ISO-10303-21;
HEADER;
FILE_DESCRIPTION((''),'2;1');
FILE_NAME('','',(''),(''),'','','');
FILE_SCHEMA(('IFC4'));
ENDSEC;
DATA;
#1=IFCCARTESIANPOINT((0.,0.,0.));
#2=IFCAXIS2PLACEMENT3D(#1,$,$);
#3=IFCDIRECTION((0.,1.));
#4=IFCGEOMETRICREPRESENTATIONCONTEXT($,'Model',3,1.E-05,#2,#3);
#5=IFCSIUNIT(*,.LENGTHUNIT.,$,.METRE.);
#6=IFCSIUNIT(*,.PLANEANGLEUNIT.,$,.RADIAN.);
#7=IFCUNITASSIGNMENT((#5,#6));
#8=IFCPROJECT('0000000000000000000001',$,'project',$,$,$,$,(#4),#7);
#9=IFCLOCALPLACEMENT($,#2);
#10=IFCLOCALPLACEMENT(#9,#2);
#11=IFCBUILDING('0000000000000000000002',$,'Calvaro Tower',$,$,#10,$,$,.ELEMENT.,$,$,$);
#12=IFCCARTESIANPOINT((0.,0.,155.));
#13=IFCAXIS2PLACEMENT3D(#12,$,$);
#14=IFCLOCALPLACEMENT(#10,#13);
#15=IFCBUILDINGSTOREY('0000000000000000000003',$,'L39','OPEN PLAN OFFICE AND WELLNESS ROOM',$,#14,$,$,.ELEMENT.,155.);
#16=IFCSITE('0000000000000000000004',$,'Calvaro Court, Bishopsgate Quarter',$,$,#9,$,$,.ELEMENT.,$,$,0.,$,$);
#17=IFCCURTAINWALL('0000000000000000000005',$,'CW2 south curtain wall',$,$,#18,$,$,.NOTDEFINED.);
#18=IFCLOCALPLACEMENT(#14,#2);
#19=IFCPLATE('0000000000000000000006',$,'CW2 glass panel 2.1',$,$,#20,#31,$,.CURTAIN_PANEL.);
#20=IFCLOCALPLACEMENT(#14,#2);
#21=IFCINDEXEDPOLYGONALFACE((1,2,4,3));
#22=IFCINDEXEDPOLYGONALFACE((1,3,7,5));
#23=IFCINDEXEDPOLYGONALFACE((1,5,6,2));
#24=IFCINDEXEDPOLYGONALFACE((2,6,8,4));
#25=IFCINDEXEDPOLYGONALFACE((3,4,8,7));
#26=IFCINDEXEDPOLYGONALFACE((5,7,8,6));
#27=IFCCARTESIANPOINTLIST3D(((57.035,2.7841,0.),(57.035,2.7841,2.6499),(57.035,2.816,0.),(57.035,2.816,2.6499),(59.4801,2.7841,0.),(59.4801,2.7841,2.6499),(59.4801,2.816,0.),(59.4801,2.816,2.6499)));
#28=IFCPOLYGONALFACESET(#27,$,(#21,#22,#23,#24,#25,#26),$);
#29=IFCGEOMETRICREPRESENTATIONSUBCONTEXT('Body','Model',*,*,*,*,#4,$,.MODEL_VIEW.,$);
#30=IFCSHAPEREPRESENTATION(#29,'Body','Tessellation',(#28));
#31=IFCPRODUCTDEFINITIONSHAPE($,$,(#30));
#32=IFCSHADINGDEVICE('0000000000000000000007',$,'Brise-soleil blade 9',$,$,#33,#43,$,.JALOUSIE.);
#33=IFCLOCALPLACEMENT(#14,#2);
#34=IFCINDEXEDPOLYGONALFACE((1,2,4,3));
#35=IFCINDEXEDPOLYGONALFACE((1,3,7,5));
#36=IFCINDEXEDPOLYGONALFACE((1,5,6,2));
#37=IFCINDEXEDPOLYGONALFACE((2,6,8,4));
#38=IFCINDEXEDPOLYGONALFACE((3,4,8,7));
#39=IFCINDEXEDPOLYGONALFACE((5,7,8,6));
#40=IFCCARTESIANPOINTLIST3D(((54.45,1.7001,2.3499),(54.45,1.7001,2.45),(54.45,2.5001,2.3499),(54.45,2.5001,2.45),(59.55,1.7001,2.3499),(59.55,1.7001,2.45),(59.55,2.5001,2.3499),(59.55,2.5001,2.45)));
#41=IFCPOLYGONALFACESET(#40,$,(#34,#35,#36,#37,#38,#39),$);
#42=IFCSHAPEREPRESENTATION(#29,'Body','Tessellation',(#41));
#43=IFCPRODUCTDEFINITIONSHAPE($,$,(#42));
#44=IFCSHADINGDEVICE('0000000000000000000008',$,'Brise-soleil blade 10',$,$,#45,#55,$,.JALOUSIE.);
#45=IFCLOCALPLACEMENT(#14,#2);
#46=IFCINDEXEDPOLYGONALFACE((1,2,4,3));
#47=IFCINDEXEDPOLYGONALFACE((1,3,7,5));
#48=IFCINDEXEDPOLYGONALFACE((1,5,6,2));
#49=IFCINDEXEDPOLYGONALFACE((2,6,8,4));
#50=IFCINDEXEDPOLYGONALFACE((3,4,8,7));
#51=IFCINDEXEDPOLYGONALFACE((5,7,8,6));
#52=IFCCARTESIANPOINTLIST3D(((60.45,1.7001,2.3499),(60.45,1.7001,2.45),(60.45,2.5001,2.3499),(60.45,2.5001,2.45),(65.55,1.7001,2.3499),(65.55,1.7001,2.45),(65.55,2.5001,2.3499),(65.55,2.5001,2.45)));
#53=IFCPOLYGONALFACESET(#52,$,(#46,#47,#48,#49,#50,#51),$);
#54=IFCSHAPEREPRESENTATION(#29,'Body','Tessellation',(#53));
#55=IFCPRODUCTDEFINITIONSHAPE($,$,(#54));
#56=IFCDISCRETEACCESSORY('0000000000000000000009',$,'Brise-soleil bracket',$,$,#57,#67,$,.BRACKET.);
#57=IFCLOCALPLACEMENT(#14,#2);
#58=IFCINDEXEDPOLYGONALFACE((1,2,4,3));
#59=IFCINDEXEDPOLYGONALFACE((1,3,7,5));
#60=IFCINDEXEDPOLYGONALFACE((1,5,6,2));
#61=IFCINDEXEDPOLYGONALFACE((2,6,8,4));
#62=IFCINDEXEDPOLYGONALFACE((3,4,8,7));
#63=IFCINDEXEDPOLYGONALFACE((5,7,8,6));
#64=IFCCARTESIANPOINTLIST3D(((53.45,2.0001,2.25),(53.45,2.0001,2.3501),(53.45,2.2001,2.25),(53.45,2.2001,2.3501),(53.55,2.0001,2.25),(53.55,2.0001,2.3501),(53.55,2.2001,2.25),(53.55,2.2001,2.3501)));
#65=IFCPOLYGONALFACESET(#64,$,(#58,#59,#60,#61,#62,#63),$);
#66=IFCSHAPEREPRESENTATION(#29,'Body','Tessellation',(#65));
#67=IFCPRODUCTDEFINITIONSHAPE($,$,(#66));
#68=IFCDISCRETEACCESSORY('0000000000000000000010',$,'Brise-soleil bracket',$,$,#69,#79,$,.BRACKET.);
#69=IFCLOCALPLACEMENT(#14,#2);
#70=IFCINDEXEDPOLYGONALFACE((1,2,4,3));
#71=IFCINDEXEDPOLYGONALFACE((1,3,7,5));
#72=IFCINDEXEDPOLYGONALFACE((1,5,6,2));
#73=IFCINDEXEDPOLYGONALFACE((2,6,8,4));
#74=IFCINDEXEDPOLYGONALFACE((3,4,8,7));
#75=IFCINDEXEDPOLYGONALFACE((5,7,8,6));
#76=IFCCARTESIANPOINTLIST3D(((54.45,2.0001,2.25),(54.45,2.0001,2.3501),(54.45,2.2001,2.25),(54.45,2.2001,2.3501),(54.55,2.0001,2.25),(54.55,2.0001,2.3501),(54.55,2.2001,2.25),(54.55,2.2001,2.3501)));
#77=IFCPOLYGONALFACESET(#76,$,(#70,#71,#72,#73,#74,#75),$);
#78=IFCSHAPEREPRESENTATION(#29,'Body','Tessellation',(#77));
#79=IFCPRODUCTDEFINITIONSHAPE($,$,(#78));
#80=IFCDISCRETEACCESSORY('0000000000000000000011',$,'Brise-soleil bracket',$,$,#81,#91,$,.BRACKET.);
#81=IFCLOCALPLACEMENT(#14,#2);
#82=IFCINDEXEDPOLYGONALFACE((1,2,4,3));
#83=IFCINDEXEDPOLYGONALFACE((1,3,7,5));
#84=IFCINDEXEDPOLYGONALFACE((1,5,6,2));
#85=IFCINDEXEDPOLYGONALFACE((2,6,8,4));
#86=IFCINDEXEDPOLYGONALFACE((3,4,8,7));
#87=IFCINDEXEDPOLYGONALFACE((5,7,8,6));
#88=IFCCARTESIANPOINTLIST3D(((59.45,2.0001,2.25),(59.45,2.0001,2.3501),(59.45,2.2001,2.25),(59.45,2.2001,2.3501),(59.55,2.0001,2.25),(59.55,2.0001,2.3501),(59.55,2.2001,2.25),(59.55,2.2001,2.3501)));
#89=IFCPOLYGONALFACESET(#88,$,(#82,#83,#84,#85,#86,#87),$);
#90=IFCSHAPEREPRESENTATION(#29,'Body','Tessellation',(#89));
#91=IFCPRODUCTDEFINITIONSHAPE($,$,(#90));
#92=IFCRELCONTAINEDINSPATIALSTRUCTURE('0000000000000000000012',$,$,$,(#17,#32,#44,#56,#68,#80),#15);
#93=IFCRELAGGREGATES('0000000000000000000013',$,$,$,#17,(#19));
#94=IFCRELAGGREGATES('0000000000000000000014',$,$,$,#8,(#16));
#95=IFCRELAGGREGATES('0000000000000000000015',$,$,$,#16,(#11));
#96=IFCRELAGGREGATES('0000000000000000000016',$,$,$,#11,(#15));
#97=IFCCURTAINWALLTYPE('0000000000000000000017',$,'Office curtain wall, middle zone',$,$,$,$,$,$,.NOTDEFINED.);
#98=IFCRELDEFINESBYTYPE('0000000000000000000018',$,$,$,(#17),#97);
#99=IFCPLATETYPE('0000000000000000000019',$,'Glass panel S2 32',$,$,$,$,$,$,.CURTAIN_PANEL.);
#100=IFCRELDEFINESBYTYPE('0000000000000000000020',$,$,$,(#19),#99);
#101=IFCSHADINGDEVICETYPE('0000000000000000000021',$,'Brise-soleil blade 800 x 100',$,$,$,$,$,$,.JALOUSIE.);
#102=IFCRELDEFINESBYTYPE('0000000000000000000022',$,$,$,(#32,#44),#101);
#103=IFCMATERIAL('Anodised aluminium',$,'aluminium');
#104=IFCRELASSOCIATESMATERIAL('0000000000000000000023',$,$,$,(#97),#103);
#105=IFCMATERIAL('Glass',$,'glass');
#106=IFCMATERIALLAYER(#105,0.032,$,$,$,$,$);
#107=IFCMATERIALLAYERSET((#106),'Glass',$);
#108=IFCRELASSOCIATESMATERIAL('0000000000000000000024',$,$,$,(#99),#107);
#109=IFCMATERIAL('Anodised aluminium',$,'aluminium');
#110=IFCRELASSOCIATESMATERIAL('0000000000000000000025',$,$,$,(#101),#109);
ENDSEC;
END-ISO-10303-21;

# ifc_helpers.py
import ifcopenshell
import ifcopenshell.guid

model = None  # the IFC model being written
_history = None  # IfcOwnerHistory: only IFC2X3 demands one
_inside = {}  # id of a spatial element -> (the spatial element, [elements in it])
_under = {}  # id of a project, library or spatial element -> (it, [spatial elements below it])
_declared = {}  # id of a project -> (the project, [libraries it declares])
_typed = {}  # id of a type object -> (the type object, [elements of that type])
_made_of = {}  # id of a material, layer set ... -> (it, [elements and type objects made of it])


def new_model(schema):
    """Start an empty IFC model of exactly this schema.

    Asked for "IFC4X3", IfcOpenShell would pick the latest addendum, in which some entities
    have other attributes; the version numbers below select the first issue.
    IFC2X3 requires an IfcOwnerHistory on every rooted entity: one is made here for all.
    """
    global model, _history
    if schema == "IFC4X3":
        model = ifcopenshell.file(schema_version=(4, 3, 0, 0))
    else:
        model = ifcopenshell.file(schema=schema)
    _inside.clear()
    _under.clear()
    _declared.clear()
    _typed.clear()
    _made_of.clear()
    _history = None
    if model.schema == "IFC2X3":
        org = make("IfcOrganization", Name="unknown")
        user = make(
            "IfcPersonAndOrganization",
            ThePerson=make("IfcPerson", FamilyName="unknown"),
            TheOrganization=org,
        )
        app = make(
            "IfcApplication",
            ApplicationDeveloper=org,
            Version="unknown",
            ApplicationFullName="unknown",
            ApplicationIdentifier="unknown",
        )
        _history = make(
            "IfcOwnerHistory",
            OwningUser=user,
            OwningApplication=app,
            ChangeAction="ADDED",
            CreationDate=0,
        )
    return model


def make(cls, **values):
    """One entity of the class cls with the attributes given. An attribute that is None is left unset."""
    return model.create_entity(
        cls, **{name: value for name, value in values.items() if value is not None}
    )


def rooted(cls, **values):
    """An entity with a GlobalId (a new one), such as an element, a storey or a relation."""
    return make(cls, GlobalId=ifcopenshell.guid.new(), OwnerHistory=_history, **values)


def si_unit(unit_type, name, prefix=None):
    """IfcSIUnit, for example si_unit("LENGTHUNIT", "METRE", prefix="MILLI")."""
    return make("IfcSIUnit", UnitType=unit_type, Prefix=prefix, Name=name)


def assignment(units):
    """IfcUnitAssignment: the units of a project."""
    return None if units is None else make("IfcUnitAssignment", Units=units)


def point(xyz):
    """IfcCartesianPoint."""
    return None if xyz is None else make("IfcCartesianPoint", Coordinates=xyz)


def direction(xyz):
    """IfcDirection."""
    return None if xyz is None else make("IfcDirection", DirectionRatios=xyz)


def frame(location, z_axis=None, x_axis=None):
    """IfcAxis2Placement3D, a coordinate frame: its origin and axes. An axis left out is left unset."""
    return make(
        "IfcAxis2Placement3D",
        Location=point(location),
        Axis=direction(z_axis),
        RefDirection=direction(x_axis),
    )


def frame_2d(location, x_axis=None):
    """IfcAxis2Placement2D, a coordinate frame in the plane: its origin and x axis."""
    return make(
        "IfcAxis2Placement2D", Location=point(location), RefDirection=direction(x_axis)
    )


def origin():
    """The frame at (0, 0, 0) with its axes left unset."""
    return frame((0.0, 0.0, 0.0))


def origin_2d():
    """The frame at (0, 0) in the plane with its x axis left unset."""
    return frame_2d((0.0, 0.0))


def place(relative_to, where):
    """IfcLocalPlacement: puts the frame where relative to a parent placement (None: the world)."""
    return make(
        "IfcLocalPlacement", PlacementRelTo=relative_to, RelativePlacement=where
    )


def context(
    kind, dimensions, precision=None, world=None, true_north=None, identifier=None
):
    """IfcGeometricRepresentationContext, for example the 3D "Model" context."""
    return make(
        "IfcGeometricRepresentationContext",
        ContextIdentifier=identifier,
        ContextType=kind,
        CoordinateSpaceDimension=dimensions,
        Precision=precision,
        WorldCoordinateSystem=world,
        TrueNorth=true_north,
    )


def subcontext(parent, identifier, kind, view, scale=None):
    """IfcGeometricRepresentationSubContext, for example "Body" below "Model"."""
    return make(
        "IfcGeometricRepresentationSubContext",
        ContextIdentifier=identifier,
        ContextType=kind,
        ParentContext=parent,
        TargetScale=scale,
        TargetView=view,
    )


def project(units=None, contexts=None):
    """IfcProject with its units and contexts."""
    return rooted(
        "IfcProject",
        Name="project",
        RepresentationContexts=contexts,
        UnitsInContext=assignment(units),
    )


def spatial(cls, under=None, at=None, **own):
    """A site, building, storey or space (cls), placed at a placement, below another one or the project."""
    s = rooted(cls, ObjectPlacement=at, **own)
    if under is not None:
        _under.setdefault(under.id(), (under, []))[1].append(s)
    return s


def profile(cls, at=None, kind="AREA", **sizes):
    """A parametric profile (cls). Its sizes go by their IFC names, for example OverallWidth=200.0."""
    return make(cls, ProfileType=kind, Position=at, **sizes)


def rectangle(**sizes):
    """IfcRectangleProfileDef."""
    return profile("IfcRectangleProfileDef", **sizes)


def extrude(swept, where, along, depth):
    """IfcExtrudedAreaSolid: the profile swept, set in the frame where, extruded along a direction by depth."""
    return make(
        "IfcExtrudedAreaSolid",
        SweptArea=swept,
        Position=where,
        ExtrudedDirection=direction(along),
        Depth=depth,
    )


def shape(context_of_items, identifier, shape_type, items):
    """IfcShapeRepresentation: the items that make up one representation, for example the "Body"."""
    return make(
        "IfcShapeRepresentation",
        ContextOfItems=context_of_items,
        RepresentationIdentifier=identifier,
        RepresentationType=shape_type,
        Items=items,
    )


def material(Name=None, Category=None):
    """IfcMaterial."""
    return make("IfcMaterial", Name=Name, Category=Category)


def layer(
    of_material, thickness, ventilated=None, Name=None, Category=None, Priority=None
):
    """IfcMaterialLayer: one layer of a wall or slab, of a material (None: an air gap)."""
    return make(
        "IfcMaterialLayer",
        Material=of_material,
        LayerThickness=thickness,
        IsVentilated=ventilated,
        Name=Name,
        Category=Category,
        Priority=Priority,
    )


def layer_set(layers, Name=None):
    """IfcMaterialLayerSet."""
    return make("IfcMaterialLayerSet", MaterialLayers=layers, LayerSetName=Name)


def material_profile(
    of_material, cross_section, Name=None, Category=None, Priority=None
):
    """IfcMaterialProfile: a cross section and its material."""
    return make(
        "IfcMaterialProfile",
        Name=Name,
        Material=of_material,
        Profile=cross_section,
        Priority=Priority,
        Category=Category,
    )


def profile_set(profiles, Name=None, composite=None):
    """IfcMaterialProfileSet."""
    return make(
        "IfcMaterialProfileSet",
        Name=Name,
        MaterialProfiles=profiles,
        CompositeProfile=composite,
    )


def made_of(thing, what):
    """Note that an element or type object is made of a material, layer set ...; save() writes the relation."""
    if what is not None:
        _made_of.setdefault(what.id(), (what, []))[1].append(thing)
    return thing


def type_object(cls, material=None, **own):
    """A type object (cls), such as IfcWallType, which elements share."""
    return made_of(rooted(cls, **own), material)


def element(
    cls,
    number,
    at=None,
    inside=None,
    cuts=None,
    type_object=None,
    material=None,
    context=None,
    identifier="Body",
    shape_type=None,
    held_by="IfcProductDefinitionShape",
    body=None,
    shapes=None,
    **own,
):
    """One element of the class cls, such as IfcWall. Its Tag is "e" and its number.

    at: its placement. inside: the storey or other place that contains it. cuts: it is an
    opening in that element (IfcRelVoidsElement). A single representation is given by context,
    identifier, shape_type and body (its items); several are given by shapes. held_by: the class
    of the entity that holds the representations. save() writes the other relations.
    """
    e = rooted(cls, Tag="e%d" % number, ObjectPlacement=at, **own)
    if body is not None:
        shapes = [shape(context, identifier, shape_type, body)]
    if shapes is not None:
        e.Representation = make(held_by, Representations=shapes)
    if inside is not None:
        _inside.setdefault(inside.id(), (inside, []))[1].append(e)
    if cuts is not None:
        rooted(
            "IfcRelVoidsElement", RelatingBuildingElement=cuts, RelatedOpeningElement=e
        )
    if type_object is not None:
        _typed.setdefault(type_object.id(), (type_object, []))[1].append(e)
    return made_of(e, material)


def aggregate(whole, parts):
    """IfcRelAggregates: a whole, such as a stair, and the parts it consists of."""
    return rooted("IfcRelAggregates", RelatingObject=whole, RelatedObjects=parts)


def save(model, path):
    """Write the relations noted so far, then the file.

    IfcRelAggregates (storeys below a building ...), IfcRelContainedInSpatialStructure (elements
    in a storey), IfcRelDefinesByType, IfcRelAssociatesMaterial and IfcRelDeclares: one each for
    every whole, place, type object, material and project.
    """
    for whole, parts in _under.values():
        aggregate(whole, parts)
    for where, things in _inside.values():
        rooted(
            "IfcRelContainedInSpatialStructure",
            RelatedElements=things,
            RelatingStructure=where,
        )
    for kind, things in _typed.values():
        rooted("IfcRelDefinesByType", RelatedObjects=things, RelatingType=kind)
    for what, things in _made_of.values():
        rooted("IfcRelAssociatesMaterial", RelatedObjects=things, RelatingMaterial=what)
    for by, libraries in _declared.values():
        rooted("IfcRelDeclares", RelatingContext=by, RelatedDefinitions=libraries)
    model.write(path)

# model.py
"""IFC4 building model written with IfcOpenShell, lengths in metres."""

from ifc_helpers import new_model, si_unit, direction, frame, origin, origin_2d, place, context, subcontext, project, spatial, rectangle, extrude, material, layer, layer_set, material_profile, profile_set, type_object, element, aggregate, save


model = new_model("IFC4")

# Units and contexts
model_context = context("Model", 3, precision=1e-05, world=origin(), true_north=direction((0.0, 1.0)))
body_context = subcontext(model_context, "Body", "Model", "MODEL_VIEW")
ifc_project = project(units=[si_unit("LENGTHUNIT", "METRE"), si_unit("PLANEANGLEUNIT", "RADIAN")], contexts=[model_context])

# Site, building, storey
site_placement = place(None, origin())
site = spatial("IfcSite", under=ifc_project, at=site_placement, Name="Calvaro Court, Bishopsgate Quarter", CompositionType="ELEMENT", RefElevation=0.0)
building_placement = place(site_placement, origin())
building = spatial("IfcBuilding", under=site, at=building_placement, Name="Calvaro Tower", CompositionType="ELEMENT")
storey_placement = place(building_placement, frame((0.0, 0.0, 155.0)))
storey = spatial("IfcBuildingStorey", under=building, at=storey_placement, Name="L39", Description="OPEN PLAN OFFICE AND WELLNESS ROOM", CompositionType="ELEMENT", Elevation=155.0)

# Shared definitions
ifc_material_1 = material(Name="Anodised aluminium", Category="aluminium")
curtain_wall_type = type_object("IfcCurtainWallType", Name="Office curtain wall, middle zone", PredefinedType="NOTDEFINED", material=ifc_material_1)

# Curtain wall
curtain_wall_1_placement = place(storey_placement, origin())
curtain_wall_1 = element("IfcCurtainWall", 1, at=curtain_wall_1_placement, inside=storey, type_object=curtain_wall_type, Name="CW2 south curtain wall", PredefinedType="NOTDEFINED")

# Plate
ifc_material_2 = material(Name="Glass", Category="glass")
ifc_layer = layer(ifc_material_2, 0.032)
ifc_layer_set = layer_set([ifc_layer], Name="Glass")
plate_type = type_object("IfcPlateType", Name="Glass panel S2 32", PredefinedType="CURTAIN_PANEL", material=ifc_layer_set)
plate_1_placement = place(storey_placement, frame((58.2576, 2.8, 0.0), z_axis=(0.0, 0.0, 1.0), x_axis=(1.0, 0.0, 0.0)))
plate_1 = element("IfcPlate", 2, at=plate_1_placement, type_object=plate_type, Name="CW2 glass panel 2.1", PredefinedType="CURTAIN_PANEL", context=body_context, shape_type="SweptSolid", body=[
    extrude(rectangle(XDim=2.4451, YDim=0.032, at=origin_2d()), origin(), (0.0, 0.0, 1.0), 2.6499),
])
aggregate(curtain_wall_1, [plate_1])

# Shading devices
ifc_material_3 = material(Name="Anodised aluminium", Category="aluminium")
ifc_material_profile_1 = material_profile(ifc_material_3, rectangle(XDim=0.8, YDim=0.1001, at=origin_2d()), Name="Brise-soleil blade 800 x 100")
ifc_profile_set_1 = profile_set([ifc_material_profile_1], Name="Anodised aluminium")
shading_device_type = type_object("IfcShadingDeviceType", Name="Brise-soleil blade 800 x 100", PredefinedType="JALOUSIE", material=ifc_profile_set_1)
for number, where, z_axis, x_axis, name in (
    (3, (54.45, 2.1001, 2.3999), (1.0, 0.0, 0.0), (0.0, 1.0, 0.0), "Brise-soleil blade 9"),
    (4, (60.45, 2.1001, 2.3999), (1.0, 0.0, 0.0), (0.0, 1.0, 0.0), "Brise-soleil blade 10"),
):
    element("IfcShadingDevice", number, at=place(storey_placement, frame(where, z_axis=z_axis, x_axis=x_axis)), inside=storey, type_object=shading_device_type, Name=name, PredefinedType="JALOUSIE", context=body_context, shape_type="SweptSolid", body=[
        extrude(rectangle(XDim=0.8, YDim=0.1001, at=origin_2d()), origin(), (0.0, 0.0, 1.0), 5.1001),
    ])

# Discrete accessories
for number, where, z_axis, x_axis, name in (
    (5, (53.5, 2.1001, 2.25), (0.0, 0.0, 1.0), (1.0, 0.0, 0.0), "Brise-soleil bracket"),
    (6, (54.5, 2.1001, 2.25), (0.0, 0.0, 1.0), (1.0, 0.0, 0.0), "Brise-soleil bracket"),
    (7, (59.5, 2.1001, 2.25), (0.0, 0.0, 1.0), (1.0, 0.0, 0.0), "Brise-soleil bracket"),
):
    element("IfcDiscreteAccessory", number, at=place(storey_placement, frame(where, z_axis=z_axis, x_axis=x_axis)), inside=storey, Name=name, PredefinedType="BRACKET", context=body_context, shape_type="SweptSolid", body=[
        extrude(rectangle(XDim=0.1001, YDim=0.2, at=origin_2d()), origin(), (0.0, 0.0, 1.0), 0.1001),
    ])

save(model, "model.ifc")
